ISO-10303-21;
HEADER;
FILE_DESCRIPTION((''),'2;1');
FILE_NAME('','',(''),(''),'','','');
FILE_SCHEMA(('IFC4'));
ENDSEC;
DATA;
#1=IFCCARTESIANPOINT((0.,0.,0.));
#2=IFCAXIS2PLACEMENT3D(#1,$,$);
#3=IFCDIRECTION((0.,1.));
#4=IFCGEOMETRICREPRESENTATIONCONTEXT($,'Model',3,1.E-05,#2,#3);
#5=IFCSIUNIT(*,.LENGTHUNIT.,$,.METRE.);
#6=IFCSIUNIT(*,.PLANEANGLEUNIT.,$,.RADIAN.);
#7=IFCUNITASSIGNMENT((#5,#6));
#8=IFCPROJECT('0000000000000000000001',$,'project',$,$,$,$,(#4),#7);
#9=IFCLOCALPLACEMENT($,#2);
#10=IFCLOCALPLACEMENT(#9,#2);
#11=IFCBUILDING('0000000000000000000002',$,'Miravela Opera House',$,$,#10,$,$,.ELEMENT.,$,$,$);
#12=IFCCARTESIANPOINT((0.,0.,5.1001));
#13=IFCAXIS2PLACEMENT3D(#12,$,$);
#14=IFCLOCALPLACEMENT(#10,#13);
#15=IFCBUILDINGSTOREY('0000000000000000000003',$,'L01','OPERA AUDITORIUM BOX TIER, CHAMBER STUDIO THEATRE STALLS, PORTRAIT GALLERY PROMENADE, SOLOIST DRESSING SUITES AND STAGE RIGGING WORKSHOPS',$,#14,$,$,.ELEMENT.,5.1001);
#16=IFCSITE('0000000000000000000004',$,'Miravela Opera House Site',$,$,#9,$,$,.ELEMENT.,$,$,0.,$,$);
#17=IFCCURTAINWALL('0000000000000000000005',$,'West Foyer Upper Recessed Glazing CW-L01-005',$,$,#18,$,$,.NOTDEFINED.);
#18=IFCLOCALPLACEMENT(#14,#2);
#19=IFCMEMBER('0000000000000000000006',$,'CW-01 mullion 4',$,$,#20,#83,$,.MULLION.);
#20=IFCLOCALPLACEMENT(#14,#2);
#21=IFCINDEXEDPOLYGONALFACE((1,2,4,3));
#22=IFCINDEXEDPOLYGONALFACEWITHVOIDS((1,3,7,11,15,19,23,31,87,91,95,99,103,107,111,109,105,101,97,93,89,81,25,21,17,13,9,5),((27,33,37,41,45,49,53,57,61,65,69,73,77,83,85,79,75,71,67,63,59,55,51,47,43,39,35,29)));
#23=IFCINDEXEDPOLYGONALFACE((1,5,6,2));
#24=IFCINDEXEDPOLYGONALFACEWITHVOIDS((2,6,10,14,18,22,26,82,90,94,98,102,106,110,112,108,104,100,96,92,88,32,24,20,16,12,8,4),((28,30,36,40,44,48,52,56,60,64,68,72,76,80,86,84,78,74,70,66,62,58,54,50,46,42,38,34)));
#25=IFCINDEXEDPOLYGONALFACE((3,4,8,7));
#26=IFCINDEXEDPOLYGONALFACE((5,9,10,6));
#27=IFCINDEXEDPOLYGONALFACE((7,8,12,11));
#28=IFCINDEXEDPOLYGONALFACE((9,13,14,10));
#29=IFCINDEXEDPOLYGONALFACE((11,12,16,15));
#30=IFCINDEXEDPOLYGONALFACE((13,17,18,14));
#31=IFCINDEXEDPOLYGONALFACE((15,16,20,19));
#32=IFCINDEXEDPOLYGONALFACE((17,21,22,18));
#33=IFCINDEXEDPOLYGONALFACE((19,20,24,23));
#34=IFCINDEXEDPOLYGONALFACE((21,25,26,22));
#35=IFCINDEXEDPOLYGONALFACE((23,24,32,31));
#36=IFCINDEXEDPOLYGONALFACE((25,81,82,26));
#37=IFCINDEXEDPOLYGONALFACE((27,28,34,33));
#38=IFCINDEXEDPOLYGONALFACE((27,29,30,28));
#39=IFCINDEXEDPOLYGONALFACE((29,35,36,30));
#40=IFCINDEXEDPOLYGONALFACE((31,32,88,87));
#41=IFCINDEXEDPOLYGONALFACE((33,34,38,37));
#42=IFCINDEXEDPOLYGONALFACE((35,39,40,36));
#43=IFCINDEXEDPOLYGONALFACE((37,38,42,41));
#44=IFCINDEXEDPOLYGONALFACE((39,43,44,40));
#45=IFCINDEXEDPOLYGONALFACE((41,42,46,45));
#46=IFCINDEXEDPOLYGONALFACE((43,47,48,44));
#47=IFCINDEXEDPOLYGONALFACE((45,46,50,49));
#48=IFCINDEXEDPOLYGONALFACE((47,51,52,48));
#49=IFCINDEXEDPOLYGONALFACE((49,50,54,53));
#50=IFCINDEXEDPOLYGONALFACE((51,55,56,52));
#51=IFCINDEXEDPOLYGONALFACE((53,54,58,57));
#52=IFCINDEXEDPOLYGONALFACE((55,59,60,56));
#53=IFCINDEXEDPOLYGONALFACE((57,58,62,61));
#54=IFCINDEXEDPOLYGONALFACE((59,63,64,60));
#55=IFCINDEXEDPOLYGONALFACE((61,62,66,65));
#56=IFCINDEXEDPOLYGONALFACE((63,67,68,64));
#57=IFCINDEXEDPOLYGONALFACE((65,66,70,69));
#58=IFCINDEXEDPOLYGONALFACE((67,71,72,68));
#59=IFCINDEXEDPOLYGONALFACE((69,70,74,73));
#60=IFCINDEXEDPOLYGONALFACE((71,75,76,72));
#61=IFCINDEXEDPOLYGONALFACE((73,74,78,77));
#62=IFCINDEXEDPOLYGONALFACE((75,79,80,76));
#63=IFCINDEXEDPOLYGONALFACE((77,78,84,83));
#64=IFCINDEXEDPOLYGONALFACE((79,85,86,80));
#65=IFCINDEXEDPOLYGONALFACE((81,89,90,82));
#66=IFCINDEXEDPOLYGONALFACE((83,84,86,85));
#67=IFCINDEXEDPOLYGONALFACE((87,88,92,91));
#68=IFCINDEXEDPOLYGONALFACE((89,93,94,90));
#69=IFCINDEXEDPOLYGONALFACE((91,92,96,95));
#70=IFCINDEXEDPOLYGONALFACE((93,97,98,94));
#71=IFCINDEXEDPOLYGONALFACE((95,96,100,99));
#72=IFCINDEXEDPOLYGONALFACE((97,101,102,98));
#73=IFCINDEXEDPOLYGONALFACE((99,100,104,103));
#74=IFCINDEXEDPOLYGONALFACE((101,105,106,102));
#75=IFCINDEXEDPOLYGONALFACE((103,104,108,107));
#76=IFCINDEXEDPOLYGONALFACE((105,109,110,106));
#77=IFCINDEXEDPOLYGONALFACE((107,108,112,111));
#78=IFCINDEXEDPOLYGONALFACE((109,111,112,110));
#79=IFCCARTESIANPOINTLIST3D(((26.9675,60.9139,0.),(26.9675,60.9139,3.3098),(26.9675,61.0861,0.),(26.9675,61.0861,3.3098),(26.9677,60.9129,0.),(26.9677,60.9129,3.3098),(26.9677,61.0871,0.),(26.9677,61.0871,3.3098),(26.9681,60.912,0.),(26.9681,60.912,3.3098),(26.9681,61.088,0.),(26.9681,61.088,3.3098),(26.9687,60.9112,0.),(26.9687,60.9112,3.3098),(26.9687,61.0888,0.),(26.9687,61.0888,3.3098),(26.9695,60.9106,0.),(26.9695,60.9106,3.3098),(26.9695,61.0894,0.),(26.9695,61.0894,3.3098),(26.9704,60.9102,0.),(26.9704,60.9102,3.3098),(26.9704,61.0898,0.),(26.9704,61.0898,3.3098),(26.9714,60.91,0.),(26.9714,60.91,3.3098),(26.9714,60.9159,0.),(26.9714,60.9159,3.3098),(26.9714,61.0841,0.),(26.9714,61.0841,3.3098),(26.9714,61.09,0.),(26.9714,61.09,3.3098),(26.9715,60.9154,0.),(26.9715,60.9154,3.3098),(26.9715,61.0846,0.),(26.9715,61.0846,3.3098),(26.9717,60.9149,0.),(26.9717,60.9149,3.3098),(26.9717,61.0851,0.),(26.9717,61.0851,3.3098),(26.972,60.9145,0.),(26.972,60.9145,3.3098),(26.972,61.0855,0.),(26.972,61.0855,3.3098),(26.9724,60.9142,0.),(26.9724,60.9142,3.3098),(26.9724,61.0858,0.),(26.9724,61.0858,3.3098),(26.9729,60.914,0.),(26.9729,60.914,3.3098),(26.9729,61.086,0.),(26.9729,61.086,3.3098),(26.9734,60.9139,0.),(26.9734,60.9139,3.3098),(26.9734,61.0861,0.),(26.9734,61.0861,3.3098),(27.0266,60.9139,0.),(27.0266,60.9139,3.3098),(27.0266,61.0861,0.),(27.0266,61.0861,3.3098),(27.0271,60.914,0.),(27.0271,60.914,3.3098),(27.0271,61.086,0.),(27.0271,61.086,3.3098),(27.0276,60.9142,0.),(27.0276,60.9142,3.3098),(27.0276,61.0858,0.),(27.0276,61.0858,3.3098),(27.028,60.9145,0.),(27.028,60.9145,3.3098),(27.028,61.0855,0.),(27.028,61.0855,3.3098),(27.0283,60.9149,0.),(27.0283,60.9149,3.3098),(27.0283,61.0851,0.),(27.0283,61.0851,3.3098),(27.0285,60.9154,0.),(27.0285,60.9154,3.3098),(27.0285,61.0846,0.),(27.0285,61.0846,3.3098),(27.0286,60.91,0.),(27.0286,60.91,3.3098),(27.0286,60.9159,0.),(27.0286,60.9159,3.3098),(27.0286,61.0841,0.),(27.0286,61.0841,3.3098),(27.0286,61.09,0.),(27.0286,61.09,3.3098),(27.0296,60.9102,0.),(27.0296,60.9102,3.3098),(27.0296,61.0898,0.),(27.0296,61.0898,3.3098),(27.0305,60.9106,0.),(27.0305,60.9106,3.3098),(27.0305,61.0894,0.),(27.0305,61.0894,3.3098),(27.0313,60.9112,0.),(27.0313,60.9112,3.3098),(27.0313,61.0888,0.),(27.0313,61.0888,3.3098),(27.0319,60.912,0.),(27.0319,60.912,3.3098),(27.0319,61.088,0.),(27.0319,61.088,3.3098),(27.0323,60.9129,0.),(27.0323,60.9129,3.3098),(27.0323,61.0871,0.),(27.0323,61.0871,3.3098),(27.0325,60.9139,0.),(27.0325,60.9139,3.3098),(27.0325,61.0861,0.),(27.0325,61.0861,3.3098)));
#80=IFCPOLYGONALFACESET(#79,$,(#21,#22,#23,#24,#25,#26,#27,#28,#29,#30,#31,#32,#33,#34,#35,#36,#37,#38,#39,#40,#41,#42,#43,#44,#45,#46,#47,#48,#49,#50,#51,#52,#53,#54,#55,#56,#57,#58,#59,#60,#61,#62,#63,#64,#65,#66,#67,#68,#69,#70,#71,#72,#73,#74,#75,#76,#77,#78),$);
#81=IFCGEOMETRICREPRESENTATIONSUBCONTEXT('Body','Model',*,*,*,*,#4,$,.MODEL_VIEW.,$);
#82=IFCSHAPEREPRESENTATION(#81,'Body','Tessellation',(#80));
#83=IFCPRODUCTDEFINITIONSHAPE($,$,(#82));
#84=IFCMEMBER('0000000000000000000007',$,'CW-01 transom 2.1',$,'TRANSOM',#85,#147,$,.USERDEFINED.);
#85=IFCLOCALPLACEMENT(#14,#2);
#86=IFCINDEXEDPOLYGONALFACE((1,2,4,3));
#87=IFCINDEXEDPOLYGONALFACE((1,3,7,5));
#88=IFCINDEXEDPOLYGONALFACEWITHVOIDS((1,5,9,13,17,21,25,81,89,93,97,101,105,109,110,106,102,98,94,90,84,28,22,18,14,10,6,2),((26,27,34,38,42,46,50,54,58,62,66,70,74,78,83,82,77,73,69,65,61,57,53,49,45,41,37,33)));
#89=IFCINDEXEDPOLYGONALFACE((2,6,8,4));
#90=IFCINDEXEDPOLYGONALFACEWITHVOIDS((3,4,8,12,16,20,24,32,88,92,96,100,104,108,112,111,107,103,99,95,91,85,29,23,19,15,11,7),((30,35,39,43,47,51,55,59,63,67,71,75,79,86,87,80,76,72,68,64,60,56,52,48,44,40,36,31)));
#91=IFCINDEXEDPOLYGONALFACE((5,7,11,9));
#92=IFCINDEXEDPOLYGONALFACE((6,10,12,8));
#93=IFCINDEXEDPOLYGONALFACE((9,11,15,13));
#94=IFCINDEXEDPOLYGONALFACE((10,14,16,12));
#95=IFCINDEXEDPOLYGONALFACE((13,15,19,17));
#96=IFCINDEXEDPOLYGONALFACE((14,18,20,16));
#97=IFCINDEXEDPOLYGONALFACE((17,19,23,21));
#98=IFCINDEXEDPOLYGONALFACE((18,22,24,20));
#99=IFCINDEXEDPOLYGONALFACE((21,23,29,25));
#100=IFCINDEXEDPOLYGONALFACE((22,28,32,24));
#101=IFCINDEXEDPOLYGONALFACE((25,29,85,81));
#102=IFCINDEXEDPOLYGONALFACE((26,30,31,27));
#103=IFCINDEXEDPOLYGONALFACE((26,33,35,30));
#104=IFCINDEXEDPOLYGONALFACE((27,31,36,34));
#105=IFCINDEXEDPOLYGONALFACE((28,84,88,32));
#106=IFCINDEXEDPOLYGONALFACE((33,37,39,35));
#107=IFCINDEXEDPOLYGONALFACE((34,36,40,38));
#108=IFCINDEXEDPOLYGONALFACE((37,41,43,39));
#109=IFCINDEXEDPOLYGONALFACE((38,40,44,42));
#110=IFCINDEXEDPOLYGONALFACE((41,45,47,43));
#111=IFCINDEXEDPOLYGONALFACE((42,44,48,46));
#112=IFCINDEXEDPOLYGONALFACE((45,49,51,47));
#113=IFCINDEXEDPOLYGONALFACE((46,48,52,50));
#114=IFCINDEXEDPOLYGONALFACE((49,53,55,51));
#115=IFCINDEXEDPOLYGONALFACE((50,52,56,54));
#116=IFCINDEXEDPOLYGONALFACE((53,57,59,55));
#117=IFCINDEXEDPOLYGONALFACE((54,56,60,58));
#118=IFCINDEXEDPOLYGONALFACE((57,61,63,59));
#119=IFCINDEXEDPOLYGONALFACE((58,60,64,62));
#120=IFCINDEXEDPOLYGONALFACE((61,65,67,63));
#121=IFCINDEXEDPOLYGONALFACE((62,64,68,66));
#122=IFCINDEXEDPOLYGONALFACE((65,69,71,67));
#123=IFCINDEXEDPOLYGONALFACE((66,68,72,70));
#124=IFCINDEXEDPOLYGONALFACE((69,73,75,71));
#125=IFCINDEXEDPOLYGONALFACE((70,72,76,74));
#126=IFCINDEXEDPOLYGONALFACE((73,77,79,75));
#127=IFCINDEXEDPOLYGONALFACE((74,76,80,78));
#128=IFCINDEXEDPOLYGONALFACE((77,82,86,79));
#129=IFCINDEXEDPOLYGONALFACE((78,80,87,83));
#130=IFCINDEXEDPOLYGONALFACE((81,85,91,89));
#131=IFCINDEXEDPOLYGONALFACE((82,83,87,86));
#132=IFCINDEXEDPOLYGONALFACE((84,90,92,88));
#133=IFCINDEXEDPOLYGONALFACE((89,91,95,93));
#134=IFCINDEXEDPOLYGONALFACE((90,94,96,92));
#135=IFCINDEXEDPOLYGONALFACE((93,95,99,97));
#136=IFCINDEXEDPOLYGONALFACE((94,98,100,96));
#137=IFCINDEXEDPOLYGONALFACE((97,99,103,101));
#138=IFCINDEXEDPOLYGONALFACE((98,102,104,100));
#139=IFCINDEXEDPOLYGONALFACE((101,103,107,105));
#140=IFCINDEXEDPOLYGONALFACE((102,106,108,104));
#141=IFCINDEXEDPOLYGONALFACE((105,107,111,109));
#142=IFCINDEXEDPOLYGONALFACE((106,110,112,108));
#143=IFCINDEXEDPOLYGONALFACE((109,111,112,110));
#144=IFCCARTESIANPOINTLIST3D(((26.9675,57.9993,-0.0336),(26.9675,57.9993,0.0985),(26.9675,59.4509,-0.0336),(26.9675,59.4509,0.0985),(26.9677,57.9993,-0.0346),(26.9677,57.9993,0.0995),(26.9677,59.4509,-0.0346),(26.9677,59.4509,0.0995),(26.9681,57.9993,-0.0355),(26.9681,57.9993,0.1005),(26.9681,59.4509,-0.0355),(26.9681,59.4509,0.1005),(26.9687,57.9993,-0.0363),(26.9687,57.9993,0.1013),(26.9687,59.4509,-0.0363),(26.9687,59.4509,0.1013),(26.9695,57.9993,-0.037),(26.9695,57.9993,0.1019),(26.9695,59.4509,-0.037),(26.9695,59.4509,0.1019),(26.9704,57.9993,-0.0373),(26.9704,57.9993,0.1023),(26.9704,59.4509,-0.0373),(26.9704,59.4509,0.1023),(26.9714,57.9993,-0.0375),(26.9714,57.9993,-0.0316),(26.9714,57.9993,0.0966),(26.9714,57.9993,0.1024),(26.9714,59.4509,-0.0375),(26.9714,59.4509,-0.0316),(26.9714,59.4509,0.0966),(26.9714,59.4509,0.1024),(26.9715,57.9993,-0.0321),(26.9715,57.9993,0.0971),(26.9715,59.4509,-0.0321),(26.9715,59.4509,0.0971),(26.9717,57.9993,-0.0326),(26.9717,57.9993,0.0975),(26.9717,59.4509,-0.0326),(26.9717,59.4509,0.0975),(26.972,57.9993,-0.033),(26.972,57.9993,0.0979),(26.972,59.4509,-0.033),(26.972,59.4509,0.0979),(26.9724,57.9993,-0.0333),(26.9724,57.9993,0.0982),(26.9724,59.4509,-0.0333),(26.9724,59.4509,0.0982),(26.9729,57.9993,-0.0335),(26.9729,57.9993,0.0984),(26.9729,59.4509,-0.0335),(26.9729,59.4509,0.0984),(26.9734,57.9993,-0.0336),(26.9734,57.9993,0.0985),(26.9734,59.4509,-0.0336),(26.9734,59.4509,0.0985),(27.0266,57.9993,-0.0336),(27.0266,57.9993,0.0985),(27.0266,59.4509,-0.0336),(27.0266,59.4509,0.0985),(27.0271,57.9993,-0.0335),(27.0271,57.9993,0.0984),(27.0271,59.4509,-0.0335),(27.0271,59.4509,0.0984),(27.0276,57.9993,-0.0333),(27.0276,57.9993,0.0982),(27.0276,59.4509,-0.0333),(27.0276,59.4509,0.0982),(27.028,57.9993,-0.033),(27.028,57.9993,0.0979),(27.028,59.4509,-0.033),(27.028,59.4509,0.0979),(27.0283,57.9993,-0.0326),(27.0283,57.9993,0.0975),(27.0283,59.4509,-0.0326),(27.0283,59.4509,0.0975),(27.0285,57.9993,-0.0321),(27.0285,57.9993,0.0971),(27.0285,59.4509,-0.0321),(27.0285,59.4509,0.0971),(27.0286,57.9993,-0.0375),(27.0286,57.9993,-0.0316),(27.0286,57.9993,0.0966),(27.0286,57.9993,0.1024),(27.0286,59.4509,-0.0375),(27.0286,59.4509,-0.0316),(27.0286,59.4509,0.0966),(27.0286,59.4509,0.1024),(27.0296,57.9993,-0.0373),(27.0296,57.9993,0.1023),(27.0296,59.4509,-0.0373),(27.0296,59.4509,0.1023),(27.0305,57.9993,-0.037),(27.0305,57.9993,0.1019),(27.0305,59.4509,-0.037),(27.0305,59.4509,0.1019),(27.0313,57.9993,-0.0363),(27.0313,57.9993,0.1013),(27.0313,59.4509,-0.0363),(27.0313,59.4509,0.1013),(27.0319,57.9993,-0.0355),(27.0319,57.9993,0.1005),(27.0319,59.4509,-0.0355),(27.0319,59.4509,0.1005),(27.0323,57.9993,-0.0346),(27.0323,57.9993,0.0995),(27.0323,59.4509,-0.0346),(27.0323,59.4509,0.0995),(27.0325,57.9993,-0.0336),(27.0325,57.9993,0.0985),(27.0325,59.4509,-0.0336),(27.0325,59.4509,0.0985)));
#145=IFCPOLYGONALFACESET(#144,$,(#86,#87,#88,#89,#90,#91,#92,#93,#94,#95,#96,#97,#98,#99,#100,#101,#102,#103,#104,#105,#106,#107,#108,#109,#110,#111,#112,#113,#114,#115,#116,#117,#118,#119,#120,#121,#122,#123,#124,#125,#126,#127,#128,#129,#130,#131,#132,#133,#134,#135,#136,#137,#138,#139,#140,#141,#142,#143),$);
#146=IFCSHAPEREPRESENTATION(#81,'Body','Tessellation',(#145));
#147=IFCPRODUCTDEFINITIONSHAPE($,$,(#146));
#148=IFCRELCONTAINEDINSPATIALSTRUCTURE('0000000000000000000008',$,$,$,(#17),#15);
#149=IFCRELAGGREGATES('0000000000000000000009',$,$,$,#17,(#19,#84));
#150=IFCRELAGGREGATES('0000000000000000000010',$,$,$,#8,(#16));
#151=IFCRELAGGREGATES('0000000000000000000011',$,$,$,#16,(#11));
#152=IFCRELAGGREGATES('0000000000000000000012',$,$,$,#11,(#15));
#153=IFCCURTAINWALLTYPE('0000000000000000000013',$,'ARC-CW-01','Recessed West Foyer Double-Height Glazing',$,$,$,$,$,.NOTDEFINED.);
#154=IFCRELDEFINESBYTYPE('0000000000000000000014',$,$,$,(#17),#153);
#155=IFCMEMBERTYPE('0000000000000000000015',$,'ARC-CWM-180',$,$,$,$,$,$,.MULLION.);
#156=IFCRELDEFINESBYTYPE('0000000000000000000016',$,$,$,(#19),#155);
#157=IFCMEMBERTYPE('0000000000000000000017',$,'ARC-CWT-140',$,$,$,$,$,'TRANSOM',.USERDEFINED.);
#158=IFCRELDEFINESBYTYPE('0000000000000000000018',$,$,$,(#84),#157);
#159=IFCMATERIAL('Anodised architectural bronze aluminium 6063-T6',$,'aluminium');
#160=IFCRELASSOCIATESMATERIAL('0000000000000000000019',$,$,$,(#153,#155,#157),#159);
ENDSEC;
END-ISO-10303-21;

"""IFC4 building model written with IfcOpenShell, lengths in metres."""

from ifc_helpers import new_model, si_unit, direction, frame, origin, origin_2d, place, context, subcontext, project, spatial, hollow_rectangle, extrude, material, material_profile, profile_set, type_object, element, aggregate, save


model = new_model("IFC4")

# Units and contexts
model_context = context("Model", 3, precision=1e-05, world=origin(), true_north=direction((0.0, 1.0)))
body_context = subcontext(model_context, "Body", "Model", "MODEL_VIEW")
ifc_project = project(units=[si_unit("LENGTHUNIT", "METRE"), si_unit("PLANEANGLEUNIT", "RADIAN")], contexts=[model_context])

# Site, building, storey
site_placement = place(None, origin())
site = spatial("IfcSite", under=ifc_project, at=site_placement, Name="Miravela Opera House Site", CompositionType="ELEMENT", RefElevation=0.0)
building_placement = place(site_placement, origin())
building = spatial("IfcBuilding", under=site, at=building_placement, Name="Miravela Opera House", CompositionType="ELEMENT")
storey_placement = place(building_placement, frame((0.0, 0.0, 5.1001)))
storey = spatial("IfcBuildingStorey", under=building, at=storey_placement, Name="L01", Description="OPERA AUDITORIUM BOX TIER, CHAMBER STUDIO THEATRE STALLS, PORTRAIT GALLERY PROMENADE, SOLOIST DRESSING SUITES AND STAGE RIGGING WORKSHOPS", CompositionType="ELEMENT", Elevation=5.1001)

# Curtain wall, members
ifc_material_1 = material(Name="Anodised architectural bronze aluminium 6063-T6", Category="aluminium")
curtain_wall_type = type_object("IfcCurtainWallType", Name="ARC-CW-01", Description="Recessed West Foyer Double-Height Glazing", PredefinedType="NOTDEFINED", material=ifc_material_1)
curtain_wall_placement = place(storey_placement, origin())
curtain_wall = element("IfcCurtainWall", 1, at=curtain_wall_placement, inside=storey, type_object=curtain_wall_type, Name="West Foyer Upper Recessed Glazing CW-L01-005", PredefinedType="NOTDEFINED")
ifc_material_profile_1 = material_profile(ifc_material_1, hollow_rectangle(XDim=0.0649, YDim=0.1799, WallThickness=0.0039, InnerFilletRadius=0.002, OuterFilletRadius=0.0039, at=origin_2d()), Name="CWM-65X180")
ifc_profile_set_1 = profile_set([ifc_material_profile_1])
member_type_1 = type_object("IfcMemberType", Name="ARC-CWM-180", PredefinedType="MULLION", material=ifc_profile_set_1)
member_1_placement = place(storey_placement, frame((27.0, 61.0, 0.0), z_axis=(0.0, 0.0, 1.0), x_axis=(-1.0, 0.0, 0.0)))
member_1 = element("IfcMember", 2, at=member_1_placement, type_object=member_type_1, Name="CW-01 mullion 4", PredefinedType="MULLION", context=body_context, shape_type="SweptSolid", body=[
    extrude(hollow_rectangle(XDim=0.0649, YDim=0.1799, WallThickness=0.0039, InnerFilletRadius=0.002, OuterFilletRadius=0.0039, at=origin_2d()), origin(), (0.0, 0.0, 1.0), 3.3098),
])
ifc_material_profile_2 = material_profile(ifc_material_1, hollow_rectangle(XDim=0.0649, YDim=0.1399, WallThickness=0.0039, InnerFilletRadius=0.002, OuterFilletRadius=0.0039, at=origin_2d()), Name="CWT-65X140")
ifc_profile_set_2 = profile_set([ifc_material_profile_2])
member_type_2 = type_object("IfcMemberType", Name="ARC-CWT-140", ElementType="TRANSOM", PredefinedType="USERDEFINED", material=ifc_profile_set_2)
member_2_placement = place(storey_placement, frame((27.0, 57.9993, 0.0325), z_axis=(0.0, 1.0, 0.0), x_axis=(-1.0, 0.0, 0.0)))
member_2 = element("IfcMember", 3, at=member_2_placement, type_object=member_type_2, Name="CW-01 transom 2.1", ObjectType="TRANSOM", PredefinedType="USERDEFINED", context=body_context, shape_type="SweptSolid", body=[
    extrude(hollow_rectangle(XDim=0.0649, YDim=0.1399, WallThickness=0.0039, InnerFilletRadius=0.002, OuterFilletRadius=0.0039, at=origin_2d()), origin(), (0.0, 0.0, 1.0), 1.4517),
])
aggregate(curtain_wall, [member_1, member_2])

save(model, "model.ifc")
